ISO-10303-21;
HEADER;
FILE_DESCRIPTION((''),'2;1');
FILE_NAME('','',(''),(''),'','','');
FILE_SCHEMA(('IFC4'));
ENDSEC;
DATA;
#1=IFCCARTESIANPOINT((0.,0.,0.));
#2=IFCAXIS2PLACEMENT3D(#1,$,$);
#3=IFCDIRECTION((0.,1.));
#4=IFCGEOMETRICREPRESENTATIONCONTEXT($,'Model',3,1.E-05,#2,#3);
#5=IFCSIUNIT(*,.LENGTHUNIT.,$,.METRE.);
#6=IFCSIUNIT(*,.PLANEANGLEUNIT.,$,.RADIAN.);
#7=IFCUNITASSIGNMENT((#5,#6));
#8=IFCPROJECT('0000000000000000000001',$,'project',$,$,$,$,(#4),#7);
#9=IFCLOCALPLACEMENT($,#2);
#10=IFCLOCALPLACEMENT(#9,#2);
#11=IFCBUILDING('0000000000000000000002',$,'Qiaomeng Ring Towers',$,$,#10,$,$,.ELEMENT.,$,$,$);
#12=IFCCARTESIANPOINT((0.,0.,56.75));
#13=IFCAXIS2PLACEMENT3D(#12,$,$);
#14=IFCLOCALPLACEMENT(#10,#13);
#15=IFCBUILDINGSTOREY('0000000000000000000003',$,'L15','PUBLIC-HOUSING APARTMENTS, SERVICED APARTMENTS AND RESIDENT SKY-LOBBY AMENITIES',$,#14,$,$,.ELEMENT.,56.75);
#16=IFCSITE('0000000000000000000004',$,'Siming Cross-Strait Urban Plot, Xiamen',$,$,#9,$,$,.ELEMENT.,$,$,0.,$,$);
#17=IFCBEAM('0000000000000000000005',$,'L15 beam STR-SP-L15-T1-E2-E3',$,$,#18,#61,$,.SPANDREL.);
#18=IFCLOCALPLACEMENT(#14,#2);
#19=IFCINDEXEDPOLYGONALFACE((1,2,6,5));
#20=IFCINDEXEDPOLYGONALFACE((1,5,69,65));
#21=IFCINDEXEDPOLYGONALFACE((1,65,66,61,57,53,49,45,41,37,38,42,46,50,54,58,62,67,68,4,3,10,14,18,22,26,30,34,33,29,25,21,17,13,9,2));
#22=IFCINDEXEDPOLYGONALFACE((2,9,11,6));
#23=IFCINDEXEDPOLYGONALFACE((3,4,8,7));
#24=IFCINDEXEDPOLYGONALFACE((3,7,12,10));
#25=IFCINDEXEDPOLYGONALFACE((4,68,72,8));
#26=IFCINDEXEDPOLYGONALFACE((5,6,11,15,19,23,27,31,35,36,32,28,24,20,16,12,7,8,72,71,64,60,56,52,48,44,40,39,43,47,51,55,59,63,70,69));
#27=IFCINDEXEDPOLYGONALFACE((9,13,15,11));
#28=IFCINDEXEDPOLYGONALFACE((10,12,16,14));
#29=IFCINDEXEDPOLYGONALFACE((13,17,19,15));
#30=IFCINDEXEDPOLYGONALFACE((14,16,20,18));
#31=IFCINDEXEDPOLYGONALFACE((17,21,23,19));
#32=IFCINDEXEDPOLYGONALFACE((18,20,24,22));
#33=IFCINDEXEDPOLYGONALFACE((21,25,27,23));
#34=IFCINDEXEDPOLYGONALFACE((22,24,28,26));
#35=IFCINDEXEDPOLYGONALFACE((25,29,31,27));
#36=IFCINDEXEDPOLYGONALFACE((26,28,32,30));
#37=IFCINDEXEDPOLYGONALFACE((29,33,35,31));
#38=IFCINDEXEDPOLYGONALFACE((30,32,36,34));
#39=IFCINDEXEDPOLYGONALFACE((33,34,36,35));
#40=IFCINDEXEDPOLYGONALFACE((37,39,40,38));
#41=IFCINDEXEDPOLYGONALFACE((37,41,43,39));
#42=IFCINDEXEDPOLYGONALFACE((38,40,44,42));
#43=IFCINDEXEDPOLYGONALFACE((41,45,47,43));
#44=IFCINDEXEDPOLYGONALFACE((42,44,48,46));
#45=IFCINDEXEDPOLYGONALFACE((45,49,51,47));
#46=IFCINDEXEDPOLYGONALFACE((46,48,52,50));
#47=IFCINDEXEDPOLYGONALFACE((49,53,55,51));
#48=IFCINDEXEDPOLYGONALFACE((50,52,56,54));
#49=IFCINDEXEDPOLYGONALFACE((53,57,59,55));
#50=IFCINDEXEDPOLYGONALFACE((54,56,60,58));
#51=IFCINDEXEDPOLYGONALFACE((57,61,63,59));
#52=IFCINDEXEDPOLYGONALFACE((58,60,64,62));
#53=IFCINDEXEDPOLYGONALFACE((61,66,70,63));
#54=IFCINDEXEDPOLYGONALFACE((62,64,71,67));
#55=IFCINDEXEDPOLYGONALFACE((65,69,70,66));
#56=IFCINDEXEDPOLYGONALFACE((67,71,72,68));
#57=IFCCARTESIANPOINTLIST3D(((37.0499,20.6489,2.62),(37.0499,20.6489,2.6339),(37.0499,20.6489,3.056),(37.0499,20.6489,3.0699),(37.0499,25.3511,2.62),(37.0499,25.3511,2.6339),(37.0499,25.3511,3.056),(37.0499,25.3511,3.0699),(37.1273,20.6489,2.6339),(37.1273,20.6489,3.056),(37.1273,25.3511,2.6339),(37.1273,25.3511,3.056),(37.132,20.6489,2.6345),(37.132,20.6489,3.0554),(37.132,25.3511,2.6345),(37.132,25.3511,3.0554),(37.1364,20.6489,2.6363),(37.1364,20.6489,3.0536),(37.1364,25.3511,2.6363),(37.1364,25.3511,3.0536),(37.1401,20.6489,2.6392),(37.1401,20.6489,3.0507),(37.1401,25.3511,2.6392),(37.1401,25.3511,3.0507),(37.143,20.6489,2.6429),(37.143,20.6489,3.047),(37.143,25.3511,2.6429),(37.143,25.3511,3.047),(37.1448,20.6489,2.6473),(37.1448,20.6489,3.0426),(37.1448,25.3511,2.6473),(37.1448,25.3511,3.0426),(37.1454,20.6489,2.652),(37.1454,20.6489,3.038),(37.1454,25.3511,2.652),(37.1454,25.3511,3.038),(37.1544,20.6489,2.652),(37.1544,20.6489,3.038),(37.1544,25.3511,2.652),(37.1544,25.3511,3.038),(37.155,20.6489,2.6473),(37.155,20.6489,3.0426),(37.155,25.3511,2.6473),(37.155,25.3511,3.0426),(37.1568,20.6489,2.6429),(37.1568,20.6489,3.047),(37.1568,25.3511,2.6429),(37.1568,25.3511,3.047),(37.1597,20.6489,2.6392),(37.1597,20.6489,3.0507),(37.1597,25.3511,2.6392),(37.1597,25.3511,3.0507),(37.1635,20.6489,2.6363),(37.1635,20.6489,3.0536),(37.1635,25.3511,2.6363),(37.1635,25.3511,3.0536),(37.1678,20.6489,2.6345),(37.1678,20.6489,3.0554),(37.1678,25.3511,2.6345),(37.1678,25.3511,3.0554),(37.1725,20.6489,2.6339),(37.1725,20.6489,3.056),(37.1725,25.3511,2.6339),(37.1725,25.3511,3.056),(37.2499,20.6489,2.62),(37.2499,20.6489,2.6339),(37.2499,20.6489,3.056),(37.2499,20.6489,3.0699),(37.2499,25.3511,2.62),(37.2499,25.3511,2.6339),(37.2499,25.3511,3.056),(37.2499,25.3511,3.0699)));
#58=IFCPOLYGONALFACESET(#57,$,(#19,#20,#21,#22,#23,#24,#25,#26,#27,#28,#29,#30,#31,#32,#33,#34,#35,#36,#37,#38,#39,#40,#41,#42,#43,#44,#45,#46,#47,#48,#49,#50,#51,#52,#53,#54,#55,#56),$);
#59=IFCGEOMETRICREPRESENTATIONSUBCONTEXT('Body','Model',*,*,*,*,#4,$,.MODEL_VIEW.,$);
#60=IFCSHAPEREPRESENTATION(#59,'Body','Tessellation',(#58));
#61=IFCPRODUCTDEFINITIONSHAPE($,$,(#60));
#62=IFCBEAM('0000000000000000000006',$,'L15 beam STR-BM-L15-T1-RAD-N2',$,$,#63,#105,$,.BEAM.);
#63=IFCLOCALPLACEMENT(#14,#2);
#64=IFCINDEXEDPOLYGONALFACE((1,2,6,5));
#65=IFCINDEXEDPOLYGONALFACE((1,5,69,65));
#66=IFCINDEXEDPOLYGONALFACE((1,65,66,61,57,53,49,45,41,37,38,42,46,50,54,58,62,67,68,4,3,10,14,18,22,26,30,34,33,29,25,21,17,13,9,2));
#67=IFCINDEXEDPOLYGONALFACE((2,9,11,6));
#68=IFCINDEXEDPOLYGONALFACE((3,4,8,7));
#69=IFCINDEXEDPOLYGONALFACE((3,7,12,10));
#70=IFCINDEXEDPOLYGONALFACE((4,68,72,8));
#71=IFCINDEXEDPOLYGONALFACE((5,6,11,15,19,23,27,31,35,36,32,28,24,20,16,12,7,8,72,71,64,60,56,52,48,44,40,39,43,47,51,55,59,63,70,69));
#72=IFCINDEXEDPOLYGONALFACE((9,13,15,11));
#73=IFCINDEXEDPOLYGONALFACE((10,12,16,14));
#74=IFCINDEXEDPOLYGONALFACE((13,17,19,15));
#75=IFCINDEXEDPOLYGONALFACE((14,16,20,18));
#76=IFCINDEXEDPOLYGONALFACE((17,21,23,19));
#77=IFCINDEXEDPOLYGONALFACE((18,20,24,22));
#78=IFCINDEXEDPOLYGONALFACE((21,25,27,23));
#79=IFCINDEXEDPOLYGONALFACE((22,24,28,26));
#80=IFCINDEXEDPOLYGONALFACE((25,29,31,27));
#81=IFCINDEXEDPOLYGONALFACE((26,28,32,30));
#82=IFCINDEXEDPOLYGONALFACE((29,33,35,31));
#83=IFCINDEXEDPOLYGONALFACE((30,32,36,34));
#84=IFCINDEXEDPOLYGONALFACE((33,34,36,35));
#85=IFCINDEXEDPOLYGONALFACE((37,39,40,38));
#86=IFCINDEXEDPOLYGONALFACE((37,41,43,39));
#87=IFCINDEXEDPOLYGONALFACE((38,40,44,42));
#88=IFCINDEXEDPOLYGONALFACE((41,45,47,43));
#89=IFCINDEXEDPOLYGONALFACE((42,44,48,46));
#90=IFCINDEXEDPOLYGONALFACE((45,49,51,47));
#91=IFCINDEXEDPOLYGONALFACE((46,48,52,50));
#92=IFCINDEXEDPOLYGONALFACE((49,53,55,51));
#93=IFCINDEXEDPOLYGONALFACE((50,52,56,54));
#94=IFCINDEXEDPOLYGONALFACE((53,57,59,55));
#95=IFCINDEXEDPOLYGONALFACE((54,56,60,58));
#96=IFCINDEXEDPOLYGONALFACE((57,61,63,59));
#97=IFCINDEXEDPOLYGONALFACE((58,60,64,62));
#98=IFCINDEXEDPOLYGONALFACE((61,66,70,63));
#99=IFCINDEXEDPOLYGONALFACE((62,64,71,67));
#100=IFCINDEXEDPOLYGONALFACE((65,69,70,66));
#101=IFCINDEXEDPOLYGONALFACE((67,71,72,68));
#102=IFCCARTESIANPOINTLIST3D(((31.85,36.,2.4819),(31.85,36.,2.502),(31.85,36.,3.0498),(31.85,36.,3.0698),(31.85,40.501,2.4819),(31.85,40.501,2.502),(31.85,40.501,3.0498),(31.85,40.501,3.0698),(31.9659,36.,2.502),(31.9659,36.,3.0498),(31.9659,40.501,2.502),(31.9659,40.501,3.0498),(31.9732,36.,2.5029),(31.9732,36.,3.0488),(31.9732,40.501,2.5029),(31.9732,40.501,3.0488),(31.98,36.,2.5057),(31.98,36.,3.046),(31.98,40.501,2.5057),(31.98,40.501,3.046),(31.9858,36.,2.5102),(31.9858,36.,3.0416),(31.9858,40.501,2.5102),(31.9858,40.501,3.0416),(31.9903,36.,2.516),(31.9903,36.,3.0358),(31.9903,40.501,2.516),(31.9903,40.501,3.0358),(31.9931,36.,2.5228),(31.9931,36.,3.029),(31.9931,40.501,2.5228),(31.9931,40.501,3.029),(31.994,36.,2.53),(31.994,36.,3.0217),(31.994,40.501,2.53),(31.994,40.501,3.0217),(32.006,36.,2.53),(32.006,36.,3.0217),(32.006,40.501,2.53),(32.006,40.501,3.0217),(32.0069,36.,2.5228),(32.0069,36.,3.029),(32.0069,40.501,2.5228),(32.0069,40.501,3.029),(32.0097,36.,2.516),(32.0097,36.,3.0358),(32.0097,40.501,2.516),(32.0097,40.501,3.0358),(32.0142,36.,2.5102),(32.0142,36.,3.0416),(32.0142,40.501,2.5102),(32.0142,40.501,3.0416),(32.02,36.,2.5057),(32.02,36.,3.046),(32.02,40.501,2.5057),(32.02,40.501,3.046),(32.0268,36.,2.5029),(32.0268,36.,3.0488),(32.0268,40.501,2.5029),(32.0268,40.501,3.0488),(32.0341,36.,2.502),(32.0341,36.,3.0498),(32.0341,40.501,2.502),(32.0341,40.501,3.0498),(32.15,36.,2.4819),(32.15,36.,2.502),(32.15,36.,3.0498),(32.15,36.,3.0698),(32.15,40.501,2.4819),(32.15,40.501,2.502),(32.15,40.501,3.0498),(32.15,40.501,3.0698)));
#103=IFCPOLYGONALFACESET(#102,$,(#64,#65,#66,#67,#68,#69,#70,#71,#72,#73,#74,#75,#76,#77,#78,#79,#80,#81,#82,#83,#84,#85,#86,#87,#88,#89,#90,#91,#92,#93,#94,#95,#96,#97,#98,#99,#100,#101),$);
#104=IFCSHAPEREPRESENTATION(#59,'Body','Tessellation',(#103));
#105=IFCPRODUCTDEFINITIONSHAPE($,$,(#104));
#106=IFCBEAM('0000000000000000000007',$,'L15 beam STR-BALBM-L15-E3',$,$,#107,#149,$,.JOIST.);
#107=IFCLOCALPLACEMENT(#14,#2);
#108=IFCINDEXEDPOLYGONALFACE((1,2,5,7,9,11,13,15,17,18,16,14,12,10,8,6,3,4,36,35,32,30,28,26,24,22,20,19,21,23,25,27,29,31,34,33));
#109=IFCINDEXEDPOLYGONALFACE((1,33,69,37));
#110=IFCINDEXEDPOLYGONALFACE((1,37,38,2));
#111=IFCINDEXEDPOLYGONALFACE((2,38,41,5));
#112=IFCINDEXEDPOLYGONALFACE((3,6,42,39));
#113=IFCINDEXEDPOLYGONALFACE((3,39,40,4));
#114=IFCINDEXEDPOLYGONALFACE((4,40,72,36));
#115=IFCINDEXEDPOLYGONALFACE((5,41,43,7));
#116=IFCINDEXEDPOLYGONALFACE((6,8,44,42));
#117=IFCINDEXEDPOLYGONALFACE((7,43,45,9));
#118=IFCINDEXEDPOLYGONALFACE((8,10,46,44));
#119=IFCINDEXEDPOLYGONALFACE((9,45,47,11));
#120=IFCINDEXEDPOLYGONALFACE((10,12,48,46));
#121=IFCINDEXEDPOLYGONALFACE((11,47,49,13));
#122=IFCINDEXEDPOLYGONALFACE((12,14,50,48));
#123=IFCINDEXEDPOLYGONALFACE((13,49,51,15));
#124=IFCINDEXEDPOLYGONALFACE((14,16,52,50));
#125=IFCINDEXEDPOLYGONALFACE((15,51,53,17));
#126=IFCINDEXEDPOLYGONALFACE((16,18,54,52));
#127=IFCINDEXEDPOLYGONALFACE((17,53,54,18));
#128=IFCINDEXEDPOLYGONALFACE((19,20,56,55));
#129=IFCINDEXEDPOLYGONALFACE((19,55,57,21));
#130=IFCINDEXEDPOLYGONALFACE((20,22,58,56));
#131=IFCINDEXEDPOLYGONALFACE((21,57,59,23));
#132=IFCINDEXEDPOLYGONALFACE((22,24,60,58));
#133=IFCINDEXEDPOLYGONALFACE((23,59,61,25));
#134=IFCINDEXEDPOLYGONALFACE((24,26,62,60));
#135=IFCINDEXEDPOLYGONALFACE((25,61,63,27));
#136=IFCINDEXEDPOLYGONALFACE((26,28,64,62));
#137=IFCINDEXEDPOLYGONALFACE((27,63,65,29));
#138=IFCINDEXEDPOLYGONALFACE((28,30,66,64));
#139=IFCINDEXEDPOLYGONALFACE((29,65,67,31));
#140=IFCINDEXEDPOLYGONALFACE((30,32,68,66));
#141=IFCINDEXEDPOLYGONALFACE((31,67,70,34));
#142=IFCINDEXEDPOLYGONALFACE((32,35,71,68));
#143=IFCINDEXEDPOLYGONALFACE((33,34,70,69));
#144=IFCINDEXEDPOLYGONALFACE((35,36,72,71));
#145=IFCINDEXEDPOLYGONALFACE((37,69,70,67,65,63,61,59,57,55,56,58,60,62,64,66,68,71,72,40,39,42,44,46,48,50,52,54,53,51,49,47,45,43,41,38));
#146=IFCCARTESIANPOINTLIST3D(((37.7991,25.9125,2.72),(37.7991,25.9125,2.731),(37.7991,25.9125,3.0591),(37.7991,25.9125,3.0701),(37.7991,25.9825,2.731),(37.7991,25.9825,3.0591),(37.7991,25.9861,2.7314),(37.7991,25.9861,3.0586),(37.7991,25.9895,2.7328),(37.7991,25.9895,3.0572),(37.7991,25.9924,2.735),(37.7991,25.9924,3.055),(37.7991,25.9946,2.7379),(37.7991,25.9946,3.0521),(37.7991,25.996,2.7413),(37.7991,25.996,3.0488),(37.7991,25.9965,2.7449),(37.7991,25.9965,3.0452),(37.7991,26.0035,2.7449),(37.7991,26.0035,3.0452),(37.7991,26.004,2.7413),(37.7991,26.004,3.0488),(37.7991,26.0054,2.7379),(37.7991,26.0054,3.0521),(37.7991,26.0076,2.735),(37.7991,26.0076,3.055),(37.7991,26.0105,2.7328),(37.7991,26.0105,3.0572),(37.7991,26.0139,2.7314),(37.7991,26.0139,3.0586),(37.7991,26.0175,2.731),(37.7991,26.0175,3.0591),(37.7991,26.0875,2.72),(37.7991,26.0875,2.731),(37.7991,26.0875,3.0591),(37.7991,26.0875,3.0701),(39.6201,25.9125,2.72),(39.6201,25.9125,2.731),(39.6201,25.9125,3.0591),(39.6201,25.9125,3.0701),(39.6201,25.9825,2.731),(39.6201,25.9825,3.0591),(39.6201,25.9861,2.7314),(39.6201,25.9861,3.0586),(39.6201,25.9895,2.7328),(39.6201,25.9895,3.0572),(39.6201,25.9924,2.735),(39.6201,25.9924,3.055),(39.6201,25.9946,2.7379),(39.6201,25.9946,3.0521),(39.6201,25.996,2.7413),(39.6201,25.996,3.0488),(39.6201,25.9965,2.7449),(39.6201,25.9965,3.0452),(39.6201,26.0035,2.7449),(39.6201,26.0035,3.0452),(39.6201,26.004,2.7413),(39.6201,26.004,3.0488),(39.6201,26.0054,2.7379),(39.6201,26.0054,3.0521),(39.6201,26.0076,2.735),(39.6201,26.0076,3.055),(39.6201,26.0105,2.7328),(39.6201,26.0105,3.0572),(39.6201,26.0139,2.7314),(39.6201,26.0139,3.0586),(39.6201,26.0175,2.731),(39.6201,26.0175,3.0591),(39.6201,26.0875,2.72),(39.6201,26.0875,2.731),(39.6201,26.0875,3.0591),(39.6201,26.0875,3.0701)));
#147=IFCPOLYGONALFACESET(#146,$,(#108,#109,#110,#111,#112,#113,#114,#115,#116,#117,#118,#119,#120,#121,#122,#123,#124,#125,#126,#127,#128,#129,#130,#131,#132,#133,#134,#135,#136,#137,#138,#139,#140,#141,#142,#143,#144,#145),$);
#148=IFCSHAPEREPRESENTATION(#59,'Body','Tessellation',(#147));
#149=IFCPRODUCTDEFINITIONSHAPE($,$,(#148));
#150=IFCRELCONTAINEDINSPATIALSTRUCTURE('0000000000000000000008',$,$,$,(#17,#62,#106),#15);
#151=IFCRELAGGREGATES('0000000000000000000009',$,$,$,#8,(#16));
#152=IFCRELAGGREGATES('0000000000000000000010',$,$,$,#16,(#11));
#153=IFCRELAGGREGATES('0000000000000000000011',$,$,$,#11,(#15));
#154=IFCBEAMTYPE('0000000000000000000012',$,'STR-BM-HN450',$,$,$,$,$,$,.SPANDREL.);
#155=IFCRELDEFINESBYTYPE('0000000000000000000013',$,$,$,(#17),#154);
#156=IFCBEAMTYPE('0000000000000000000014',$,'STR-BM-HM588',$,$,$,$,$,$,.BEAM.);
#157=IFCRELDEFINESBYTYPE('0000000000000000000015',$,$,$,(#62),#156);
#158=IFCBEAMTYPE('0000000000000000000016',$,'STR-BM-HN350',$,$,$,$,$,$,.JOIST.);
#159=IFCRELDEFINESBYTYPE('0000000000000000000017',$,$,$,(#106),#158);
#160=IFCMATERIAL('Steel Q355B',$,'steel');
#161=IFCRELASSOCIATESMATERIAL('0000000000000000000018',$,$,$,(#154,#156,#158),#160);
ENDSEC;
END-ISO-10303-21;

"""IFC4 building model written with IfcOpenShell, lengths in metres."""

from ifc_helpers import new_model, si_unit, direction, frame, origin, origin_2d, place, context, subcontext, project, spatial, i_section, extrude, source, transform, mapped, material, material_profile, profile_set, type_object, element, save


model = new_model("IFC4")

# Units and contexts
model_context = context("Model", 3, precision=1e-05, world=origin(), true_north=direction((0.0, 1.0)))
body_context = subcontext(model_context, "Body", "Model", "MODEL_VIEW")
ifc_project = project(units=[si_unit("LENGTHUNIT", "METRE"), si_unit("PLANEANGLEUNIT", "RADIAN")], contexts=[model_context])

# Site, building, storey
site_placement = place(None, origin())
site = spatial("IfcSite", under=ifc_project, at=site_placement, Name="Siming Cross-Strait Urban Plot, Xiamen", CompositionType="ELEMENT", RefElevation=0.0)
building_placement = place(site_placement, origin())
building = spatial("IfcBuilding", under=site, at=building_placement, Name="Qiaomeng Ring Towers", CompositionType="ELEMENT")
storey_placement = place(building_placement, frame((0.0, 0.0, 56.75)))
storey = spatial("IfcBuildingStorey", under=building, at=storey_placement, Name="L15", Description="PUBLIC-HOUSING APARTMENTS, SERVICED APARTMENTS AND RESIDENT SKY-LOBBY AMENITIES", CompositionType="ELEMENT", Elevation=56.75)

# Beams
ifc_material_1 = material(Name="Steel Q355B", Category="steel")
ifc_material_profile_1 = material_profile(ifc_material_1, i_section(OverallWidth=0.2, OverallDepth=0.45, WebThickness=0.009, FlangeThickness=0.0139, FilletRadius=0.0181, at=origin_2d()), Name="HN 450x200x9x14")
ifc_profile_set_1 = profile_set([ifc_material_profile_1], Name="Steel Q355B")
beam_type_1 = type_object("IfcBeamType", Name="STR-BM-HN450", PredefinedType="SPANDREL", material=ifc_profile_set_1)
shared_shape_1 = source(origin(), body_context, "Body", "SweptSolid", [
    extrude(i_section(OverallWidth=0.2, OverallDepth=0.45, WebThickness=0.009, FlangeThickness=0.0139, FilletRadius=0.0181, at=origin_2d()), origin(), (0.0, 0.0, 1.0), 4.7021),
])
beam_1_placement = place(storey_placement, frame((37.1499, 20.6489, 2.845), z_axis=(0.0, 1.0, 0.0), x_axis=(-1.0, 0.0, 0.0)))
element("IfcBeam", 1, at=beam_1_placement, inside=storey, type_object=beam_type_1, Name="L15 beam STR-SP-L15-T1-E2-E3", PredefinedType="SPANDREL", context=body_context, shape_type="MappedRepresentation", body=[
    mapped(shared_shape_1, transform((0.0, 0.0, 0.0), x_axis=(1.0, 0.0, 0.0), y_axis=(0.0, 1.0, 0.0), z_axis=(0.0, 0.0, 1.0), scale=1.0)),
])
ifc_material_profile_2 = material_profile(ifc_material_1, i_section(OverallWidth=0.3, OverallDepth=0.5879, WebThickness=0.012, FlangeThickness=0.02, FilletRadius=0.0281, at=origin_2d()), Name="HM 588x300x12x20")
ifc_profile_set_2 = profile_set([ifc_material_profile_2], Name="Steel Q355B")
beam_type_2 = type_object("IfcBeamType", Name="STR-BM-HM588", PredefinedType="BEAM", material=ifc_profile_set_2)
shared_shape_2 = source(origin(), body_context, "Body", "SweptSolid", [
    extrude(i_section(OverallWidth=0.3, OverallDepth=0.5879, WebThickness=0.012, FlangeThickness=0.02, FilletRadius=0.0281, at=origin_2d()), origin(), (0.0, 0.0, 1.0), 4.501),
])
beam_2_placement = place(storey_placement, frame((32.0, 40.501, 2.7759), z_axis=(0.0, -1.0, 0.0), x_axis=(1.0, 0.0, 0.0)))
element("IfcBeam", 2, at=beam_2_placement, inside=storey, type_object=beam_type_2, Name="L15 beam STR-BM-L15-T1-RAD-N2", PredefinedType="BEAM", context=body_context, shape_type="MappedRepresentation", body=[
    mapped(shared_shape_2, transform((0.0, 0.0, 0.0), x_axis=(1.0, 0.0, 0.0), y_axis=(0.0, 1.0, 0.0), z_axis=(0.0, 0.0, 1.0), scale=1.0)),
])
ifc_material_profile_3 = material_profile(ifc_material_1, i_section(OverallWidth=0.175, OverallDepth=0.3501, WebThickness=0.0071, FlangeThickness=0.011, FilletRadius=0.0139, at=origin_2d()), Name="HN 350x175x7x11")
ifc_profile_set_3 = profile_set([ifc_material_profile_3], Name="Steel Q355B")
beam_type_3 = type_object("IfcBeamType", Name="STR-BM-HN350", PredefinedType="JOIST", material=ifc_profile_set_3)
shared_shape_3 = source(origin(), body_context, "Body", "SweptSolid", [
    extrude(i_section(OverallWidth=0.175, OverallDepth=0.3501, WebThickness=0.0071, FlangeThickness=0.011, FilletRadius=0.0139, at=origin_2d()), origin(), (0.0, 0.0, 1.0), 1.821),
])
beam_3_placement = place(storey_placement, frame((37.7991, 26.0, 2.895), z_axis=(1.0, 0.0, 0.0), x_axis=(0.0, 1.0, 0.0)))
element("IfcBeam", 3, at=beam_3_placement, inside=storey, type_object=beam_type_3, Name="L15 beam STR-BALBM-L15-E3", PredefinedType="JOIST", context=body_context, shape_type="MappedRepresentation", body=[
    mapped(shared_shape_3, transform((0.0, 0.0, 0.0), x_axis=(1.0, 0.0, 0.0), y_axis=(0.0, 1.0, 0.0), z_axis=(0.0, 0.0, 1.0), scale=1.0)),
])

save(model, "model.ifc")
